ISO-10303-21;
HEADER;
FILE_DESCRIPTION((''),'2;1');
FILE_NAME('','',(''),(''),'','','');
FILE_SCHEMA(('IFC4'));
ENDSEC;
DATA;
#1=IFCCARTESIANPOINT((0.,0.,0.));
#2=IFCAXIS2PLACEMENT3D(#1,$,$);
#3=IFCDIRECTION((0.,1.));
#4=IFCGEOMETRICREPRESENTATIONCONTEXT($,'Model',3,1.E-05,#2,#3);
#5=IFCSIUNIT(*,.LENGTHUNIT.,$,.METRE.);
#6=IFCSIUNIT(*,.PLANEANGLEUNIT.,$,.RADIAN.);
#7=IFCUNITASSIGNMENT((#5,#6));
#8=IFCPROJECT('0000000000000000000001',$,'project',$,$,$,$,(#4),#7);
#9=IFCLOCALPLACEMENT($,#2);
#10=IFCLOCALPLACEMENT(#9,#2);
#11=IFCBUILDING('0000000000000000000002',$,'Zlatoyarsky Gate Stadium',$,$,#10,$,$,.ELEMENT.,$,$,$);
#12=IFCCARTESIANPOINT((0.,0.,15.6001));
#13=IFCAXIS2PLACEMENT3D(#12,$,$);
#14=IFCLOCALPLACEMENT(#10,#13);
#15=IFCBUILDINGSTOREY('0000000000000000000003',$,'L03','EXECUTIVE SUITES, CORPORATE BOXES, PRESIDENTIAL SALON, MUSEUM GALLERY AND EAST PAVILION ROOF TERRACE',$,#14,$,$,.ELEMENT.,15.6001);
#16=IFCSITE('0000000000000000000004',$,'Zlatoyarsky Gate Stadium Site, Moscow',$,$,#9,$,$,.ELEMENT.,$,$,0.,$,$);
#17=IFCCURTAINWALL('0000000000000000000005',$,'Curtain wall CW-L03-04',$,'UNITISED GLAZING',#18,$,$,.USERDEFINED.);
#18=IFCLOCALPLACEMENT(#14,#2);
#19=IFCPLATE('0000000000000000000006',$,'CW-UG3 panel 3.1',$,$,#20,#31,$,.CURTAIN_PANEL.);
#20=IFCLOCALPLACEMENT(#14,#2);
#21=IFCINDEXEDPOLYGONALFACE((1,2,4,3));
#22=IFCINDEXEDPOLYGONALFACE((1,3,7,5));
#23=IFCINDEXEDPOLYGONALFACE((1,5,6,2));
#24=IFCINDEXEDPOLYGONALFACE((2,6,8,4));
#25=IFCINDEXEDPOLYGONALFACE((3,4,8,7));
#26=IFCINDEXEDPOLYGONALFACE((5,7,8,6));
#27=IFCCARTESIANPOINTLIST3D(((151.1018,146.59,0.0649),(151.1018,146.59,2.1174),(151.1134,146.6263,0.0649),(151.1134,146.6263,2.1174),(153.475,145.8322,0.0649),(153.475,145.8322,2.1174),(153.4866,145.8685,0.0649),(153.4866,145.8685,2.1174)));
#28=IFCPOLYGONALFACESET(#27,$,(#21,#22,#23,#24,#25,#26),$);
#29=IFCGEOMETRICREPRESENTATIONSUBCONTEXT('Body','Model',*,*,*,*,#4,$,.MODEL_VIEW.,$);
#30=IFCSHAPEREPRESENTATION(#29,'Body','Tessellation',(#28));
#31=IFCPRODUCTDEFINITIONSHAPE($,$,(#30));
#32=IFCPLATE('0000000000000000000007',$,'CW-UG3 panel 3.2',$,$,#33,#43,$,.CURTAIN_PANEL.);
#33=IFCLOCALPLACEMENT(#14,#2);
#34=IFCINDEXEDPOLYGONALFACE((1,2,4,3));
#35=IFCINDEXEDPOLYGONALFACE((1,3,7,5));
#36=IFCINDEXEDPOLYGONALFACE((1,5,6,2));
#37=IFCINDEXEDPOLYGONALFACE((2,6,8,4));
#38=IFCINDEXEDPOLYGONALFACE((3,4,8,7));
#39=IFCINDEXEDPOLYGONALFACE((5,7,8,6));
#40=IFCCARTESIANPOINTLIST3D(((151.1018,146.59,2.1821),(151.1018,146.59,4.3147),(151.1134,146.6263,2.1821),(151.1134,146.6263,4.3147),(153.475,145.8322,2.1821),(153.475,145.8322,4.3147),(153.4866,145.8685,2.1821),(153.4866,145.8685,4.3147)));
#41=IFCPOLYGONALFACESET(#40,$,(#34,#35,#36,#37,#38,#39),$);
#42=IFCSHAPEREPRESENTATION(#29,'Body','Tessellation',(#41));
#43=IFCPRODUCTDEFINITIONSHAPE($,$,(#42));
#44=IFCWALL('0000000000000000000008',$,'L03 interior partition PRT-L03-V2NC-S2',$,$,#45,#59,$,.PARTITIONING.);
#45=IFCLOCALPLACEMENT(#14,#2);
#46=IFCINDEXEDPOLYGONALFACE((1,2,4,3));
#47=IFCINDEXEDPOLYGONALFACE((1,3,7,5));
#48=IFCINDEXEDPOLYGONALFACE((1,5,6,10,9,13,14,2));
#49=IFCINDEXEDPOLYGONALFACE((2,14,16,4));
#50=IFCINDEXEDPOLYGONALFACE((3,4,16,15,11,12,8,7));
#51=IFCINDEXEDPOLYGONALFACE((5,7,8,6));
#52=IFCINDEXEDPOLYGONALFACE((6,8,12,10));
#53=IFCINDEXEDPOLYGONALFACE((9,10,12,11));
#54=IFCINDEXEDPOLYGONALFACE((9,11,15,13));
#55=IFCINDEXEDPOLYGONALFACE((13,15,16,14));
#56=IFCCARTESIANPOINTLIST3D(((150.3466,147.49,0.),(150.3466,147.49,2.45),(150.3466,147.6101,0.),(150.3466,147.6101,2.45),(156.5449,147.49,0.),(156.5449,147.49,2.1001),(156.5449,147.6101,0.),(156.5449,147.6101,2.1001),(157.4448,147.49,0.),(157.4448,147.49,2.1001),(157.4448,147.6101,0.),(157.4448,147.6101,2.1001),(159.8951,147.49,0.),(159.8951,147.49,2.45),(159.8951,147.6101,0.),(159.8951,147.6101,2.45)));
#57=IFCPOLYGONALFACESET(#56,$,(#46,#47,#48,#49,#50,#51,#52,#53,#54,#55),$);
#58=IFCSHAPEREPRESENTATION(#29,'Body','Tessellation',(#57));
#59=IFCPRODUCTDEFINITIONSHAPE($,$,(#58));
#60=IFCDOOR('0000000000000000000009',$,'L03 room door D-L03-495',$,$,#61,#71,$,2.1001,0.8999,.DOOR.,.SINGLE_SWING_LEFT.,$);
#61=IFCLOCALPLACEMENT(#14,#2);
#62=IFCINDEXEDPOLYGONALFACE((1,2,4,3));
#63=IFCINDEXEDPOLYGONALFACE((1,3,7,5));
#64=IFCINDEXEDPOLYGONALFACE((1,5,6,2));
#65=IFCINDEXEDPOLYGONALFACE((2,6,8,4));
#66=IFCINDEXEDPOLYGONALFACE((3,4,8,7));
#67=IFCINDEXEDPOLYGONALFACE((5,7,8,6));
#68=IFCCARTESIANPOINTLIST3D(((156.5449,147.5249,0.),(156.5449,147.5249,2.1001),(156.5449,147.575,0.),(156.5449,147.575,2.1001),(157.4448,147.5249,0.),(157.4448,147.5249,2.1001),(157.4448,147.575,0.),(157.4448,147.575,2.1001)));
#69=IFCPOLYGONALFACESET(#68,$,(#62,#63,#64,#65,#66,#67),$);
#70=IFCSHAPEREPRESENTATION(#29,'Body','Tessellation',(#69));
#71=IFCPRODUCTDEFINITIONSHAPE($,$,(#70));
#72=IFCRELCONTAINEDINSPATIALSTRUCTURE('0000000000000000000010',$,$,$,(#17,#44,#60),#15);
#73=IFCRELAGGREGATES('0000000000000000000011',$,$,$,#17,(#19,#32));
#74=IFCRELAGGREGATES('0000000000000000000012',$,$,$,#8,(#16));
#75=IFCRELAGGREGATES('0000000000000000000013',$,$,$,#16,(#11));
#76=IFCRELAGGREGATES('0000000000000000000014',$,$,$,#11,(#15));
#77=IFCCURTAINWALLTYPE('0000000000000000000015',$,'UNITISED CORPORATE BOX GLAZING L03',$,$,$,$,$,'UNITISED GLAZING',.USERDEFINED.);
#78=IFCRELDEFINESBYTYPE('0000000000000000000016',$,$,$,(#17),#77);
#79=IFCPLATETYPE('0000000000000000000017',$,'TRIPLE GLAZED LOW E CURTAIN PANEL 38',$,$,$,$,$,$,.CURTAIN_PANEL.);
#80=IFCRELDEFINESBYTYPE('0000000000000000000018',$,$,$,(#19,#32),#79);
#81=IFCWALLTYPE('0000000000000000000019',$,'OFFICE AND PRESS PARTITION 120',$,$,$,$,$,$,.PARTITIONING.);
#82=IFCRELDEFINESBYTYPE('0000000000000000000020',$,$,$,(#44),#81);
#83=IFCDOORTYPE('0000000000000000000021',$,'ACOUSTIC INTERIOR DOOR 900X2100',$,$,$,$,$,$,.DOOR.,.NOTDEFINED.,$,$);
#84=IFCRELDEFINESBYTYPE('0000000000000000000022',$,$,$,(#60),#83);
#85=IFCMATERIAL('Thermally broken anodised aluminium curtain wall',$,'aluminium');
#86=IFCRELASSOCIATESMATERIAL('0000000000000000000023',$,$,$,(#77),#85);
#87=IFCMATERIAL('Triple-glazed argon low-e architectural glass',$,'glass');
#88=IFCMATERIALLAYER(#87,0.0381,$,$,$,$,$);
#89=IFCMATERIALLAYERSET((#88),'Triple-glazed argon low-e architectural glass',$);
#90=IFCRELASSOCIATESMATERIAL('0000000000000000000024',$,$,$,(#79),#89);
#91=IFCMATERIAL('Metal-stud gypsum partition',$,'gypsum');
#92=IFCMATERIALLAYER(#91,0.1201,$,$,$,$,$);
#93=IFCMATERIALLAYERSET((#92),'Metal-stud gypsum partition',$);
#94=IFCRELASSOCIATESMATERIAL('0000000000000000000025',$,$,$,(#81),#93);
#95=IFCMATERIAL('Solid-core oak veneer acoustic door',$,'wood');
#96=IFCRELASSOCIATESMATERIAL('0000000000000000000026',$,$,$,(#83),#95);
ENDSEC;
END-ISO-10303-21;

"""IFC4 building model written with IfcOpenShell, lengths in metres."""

from ifc_helpers import new_model, si_unit, direction, frame, frame_2d, origin, origin_2d, place, context, subcontext, project, spatial, rectangle, extrude, material, layer, layer_set, type_object, element, fill, aggregate, save


model = new_model("IFC4")

# Units and contexts
model_context = context("Model", 3, precision=1e-05, world=origin(), true_north=direction((0.0, 1.0)))
body_context = subcontext(model_context, "Body", "Model", "MODEL_VIEW")
ifc_project = project(units=[si_unit("LENGTHUNIT", "METRE"), si_unit("PLANEANGLEUNIT", "RADIAN")], contexts=[model_context])

# Site, building, storey
site_placement = place(None, origin())
site = spatial("IfcSite", under=ifc_project, at=site_placement, Name="Zlatoyarsky Gate Stadium Site, Moscow", CompositionType="ELEMENT", RefElevation=0.0)
building_placement = place(site_placement, origin())
building = spatial("IfcBuilding", under=site, at=building_placement, Name="Zlatoyarsky Gate Stadium", CompositionType="ELEMENT")
storey_placement = place(building_placement, frame((0.0, 0.0, 15.6001)))
storey = spatial("IfcBuildingStorey", under=building, at=storey_placement, Name="L03", Description="EXECUTIVE SUITES, CORPORATE BOXES, PRESIDENTIAL SALON, MUSEUM GALLERY AND EAST PAVILION ROOF TERRACE", CompositionType="ELEMENT", Elevation=15.6001)

# Curtain wall
ifc_material_1 = material(Name="Thermally broken anodised aluminium curtain wall", Category="aluminium")
curtain_wall_type = type_object("IfcCurtainWallType", Name="UNITISED CORPORATE BOX GLAZING L03", ElementType="UNITISED GLAZING", PredefinedType="USERDEFINED", material=ifc_material_1)
curtain_wall_placement = place(storey_placement, origin())
curtain_wall = element("IfcCurtainWall", 1, at=curtain_wall_placement, inside=storey, type_object=curtain_wall_type, Name="Curtain wall CW-L03-04", ObjectType="UNITISED GLAZING", PredefinedType="USERDEFINED")

# Plates
ifc_material_2 = material(Name="Triple-glazed argon low-e architectural glass", Category="glass")
ifc_layer_1 = layer(ifc_material_2, 0.0381)
ifc_layer_set_1 = layer_set([ifc_layer_1], Name="Triple-glazed argon low-e architectural glass")
plate_type_1 = type_object("IfcPlateType", Name="TRIPLE GLAZED LOW E CURTAIN PANEL 38", PredefinedType="CURTAIN_PANEL", material=ifc_layer_set_1)
plate_1_placement = place(storey_placement, frame((152.2942, 146.2292, 0.0649), z_axis=(0.0, 0.0, 1.0), x_axis=(-0.95262, 0.304162, 0.0)))
plate_1 = element("IfcPlate", 2, at=plate_1_placement, type_object=plate_type_1, Name="CW-UG3 panel 3.1", PredefinedType="CURTAIN_PANEL", context=body_context, shape_type="SweptSolid", body=[
    extrude(rectangle(XDim=2.4912, YDim=0.0381, at=origin_2d()), origin(), (0.0, 0.0, 1.0), 2.0525),
])
plate_2_placement = place(storey_placement, frame((152.2942, 146.2292, 2.1821), z_axis=(0.0, 0.0, 1.0), x_axis=(-0.95262, 0.304162, 0.0)))
plate_2 = element("IfcPlate", 3, at=plate_2_placement, type_object=plate_type_1, Name="CW-UG3 panel 3.2", PredefinedType="CURTAIN_PANEL", context=body_context, shape_type="SweptSolid", body=[
    extrude(rectangle(XDim=2.4912, YDim=0.0381, at=origin_2d()), origin(), (0.0, 0.0, 1.0), 2.1326),
])
aggregate(curtain_wall, [plate_1, plate_2])

# Wall, opening, door
ifc_material_3 = material(Name="Metal-stud gypsum partition", Category="gypsum")
ifc_layer_2 = layer(ifc_material_3, 0.1201)
ifc_layer_set_2 = layer_set([ifc_layer_2], Name="Metal-stud gypsum partition")
wall_type = type_object("IfcWallType", Name="OFFICE AND PRESS PARTITION 120", PredefinedType="PARTITIONING", material=ifc_layer_set_2)
wall_placement = place(storey_placement, frame((150.3464, 147.55, 0.0), z_axis=(0.0, 0.0, 1.0), x_axis=(1.0, 0.0, 0.0)))
wall = element("IfcWall", 4, at=wall_placement, inside=storey, type_object=wall_type, Name="L03 interior partition PRT-L03-V2NC-S2", PredefinedType="PARTITIONING", context=body_context, shape_type="SweptSolid", body=[
    extrude(rectangle(XDim=9.5486, YDim=0.1201, at=frame_2d((4.7744, 0.0))), origin(), (0.0, 0.0, 1.0), 2.45),
])
opening_placement = place(wall_placement, frame((6.1985, 0.0, 0.0)))
opening = element("IfcOpeningElement", 5, at=opening_placement, cuts=wall, PredefinedType="OPENING", context=body_context, shape_type="SweptSolid", body=[
    extrude(rectangle(XDim=0.8999, YDim=2.1001, at=frame_2d((0.45, 1.05))), frame((0.0, 0.0701, 0.0), z_axis=(0.0, -1.0, 0.0), x_axis=(1.0, 0.0, 0.0)), (0.0, 0.0, 1.0), 0.1401),
])
ifc_material_4 = material(Name="Solid-core oak veneer acoustic door", Category="wood")
door_type = type_object("IfcDoorType", Name="ACOUSTIC INTERIOR DOOR 900X2100", OperationType="NOTDEFINED", PredefinedType="DOOR", material=ifc_material_4)
door_placement = place(opening_placement, origin())
door = element("IfcDoor", 6, at=door_placement, inside=storey, type_object=door_type, Name="L03 room door D-L03-495", OperationType="SINGLE_SWING_LEFT", OverallHeight=2.1001, OverallWidth=0.8999, PredefinedType="DOOR", context=body_context, shape_type="SweptSolid", body=[
    extrude(rectangle(XDim=0.8999, YDim=2.1001, at=frame_2d((0.45, 1.05))), frame((0.0, 0.0249, 0.0), z_axis=(0.0, -1.0, 0.0), x_axis=(1.0, 0.0, 0.0)), (0.0, 0.0, 1.0), 0.05),
])
fill(opening, door)

save(model, "model.ifc")
